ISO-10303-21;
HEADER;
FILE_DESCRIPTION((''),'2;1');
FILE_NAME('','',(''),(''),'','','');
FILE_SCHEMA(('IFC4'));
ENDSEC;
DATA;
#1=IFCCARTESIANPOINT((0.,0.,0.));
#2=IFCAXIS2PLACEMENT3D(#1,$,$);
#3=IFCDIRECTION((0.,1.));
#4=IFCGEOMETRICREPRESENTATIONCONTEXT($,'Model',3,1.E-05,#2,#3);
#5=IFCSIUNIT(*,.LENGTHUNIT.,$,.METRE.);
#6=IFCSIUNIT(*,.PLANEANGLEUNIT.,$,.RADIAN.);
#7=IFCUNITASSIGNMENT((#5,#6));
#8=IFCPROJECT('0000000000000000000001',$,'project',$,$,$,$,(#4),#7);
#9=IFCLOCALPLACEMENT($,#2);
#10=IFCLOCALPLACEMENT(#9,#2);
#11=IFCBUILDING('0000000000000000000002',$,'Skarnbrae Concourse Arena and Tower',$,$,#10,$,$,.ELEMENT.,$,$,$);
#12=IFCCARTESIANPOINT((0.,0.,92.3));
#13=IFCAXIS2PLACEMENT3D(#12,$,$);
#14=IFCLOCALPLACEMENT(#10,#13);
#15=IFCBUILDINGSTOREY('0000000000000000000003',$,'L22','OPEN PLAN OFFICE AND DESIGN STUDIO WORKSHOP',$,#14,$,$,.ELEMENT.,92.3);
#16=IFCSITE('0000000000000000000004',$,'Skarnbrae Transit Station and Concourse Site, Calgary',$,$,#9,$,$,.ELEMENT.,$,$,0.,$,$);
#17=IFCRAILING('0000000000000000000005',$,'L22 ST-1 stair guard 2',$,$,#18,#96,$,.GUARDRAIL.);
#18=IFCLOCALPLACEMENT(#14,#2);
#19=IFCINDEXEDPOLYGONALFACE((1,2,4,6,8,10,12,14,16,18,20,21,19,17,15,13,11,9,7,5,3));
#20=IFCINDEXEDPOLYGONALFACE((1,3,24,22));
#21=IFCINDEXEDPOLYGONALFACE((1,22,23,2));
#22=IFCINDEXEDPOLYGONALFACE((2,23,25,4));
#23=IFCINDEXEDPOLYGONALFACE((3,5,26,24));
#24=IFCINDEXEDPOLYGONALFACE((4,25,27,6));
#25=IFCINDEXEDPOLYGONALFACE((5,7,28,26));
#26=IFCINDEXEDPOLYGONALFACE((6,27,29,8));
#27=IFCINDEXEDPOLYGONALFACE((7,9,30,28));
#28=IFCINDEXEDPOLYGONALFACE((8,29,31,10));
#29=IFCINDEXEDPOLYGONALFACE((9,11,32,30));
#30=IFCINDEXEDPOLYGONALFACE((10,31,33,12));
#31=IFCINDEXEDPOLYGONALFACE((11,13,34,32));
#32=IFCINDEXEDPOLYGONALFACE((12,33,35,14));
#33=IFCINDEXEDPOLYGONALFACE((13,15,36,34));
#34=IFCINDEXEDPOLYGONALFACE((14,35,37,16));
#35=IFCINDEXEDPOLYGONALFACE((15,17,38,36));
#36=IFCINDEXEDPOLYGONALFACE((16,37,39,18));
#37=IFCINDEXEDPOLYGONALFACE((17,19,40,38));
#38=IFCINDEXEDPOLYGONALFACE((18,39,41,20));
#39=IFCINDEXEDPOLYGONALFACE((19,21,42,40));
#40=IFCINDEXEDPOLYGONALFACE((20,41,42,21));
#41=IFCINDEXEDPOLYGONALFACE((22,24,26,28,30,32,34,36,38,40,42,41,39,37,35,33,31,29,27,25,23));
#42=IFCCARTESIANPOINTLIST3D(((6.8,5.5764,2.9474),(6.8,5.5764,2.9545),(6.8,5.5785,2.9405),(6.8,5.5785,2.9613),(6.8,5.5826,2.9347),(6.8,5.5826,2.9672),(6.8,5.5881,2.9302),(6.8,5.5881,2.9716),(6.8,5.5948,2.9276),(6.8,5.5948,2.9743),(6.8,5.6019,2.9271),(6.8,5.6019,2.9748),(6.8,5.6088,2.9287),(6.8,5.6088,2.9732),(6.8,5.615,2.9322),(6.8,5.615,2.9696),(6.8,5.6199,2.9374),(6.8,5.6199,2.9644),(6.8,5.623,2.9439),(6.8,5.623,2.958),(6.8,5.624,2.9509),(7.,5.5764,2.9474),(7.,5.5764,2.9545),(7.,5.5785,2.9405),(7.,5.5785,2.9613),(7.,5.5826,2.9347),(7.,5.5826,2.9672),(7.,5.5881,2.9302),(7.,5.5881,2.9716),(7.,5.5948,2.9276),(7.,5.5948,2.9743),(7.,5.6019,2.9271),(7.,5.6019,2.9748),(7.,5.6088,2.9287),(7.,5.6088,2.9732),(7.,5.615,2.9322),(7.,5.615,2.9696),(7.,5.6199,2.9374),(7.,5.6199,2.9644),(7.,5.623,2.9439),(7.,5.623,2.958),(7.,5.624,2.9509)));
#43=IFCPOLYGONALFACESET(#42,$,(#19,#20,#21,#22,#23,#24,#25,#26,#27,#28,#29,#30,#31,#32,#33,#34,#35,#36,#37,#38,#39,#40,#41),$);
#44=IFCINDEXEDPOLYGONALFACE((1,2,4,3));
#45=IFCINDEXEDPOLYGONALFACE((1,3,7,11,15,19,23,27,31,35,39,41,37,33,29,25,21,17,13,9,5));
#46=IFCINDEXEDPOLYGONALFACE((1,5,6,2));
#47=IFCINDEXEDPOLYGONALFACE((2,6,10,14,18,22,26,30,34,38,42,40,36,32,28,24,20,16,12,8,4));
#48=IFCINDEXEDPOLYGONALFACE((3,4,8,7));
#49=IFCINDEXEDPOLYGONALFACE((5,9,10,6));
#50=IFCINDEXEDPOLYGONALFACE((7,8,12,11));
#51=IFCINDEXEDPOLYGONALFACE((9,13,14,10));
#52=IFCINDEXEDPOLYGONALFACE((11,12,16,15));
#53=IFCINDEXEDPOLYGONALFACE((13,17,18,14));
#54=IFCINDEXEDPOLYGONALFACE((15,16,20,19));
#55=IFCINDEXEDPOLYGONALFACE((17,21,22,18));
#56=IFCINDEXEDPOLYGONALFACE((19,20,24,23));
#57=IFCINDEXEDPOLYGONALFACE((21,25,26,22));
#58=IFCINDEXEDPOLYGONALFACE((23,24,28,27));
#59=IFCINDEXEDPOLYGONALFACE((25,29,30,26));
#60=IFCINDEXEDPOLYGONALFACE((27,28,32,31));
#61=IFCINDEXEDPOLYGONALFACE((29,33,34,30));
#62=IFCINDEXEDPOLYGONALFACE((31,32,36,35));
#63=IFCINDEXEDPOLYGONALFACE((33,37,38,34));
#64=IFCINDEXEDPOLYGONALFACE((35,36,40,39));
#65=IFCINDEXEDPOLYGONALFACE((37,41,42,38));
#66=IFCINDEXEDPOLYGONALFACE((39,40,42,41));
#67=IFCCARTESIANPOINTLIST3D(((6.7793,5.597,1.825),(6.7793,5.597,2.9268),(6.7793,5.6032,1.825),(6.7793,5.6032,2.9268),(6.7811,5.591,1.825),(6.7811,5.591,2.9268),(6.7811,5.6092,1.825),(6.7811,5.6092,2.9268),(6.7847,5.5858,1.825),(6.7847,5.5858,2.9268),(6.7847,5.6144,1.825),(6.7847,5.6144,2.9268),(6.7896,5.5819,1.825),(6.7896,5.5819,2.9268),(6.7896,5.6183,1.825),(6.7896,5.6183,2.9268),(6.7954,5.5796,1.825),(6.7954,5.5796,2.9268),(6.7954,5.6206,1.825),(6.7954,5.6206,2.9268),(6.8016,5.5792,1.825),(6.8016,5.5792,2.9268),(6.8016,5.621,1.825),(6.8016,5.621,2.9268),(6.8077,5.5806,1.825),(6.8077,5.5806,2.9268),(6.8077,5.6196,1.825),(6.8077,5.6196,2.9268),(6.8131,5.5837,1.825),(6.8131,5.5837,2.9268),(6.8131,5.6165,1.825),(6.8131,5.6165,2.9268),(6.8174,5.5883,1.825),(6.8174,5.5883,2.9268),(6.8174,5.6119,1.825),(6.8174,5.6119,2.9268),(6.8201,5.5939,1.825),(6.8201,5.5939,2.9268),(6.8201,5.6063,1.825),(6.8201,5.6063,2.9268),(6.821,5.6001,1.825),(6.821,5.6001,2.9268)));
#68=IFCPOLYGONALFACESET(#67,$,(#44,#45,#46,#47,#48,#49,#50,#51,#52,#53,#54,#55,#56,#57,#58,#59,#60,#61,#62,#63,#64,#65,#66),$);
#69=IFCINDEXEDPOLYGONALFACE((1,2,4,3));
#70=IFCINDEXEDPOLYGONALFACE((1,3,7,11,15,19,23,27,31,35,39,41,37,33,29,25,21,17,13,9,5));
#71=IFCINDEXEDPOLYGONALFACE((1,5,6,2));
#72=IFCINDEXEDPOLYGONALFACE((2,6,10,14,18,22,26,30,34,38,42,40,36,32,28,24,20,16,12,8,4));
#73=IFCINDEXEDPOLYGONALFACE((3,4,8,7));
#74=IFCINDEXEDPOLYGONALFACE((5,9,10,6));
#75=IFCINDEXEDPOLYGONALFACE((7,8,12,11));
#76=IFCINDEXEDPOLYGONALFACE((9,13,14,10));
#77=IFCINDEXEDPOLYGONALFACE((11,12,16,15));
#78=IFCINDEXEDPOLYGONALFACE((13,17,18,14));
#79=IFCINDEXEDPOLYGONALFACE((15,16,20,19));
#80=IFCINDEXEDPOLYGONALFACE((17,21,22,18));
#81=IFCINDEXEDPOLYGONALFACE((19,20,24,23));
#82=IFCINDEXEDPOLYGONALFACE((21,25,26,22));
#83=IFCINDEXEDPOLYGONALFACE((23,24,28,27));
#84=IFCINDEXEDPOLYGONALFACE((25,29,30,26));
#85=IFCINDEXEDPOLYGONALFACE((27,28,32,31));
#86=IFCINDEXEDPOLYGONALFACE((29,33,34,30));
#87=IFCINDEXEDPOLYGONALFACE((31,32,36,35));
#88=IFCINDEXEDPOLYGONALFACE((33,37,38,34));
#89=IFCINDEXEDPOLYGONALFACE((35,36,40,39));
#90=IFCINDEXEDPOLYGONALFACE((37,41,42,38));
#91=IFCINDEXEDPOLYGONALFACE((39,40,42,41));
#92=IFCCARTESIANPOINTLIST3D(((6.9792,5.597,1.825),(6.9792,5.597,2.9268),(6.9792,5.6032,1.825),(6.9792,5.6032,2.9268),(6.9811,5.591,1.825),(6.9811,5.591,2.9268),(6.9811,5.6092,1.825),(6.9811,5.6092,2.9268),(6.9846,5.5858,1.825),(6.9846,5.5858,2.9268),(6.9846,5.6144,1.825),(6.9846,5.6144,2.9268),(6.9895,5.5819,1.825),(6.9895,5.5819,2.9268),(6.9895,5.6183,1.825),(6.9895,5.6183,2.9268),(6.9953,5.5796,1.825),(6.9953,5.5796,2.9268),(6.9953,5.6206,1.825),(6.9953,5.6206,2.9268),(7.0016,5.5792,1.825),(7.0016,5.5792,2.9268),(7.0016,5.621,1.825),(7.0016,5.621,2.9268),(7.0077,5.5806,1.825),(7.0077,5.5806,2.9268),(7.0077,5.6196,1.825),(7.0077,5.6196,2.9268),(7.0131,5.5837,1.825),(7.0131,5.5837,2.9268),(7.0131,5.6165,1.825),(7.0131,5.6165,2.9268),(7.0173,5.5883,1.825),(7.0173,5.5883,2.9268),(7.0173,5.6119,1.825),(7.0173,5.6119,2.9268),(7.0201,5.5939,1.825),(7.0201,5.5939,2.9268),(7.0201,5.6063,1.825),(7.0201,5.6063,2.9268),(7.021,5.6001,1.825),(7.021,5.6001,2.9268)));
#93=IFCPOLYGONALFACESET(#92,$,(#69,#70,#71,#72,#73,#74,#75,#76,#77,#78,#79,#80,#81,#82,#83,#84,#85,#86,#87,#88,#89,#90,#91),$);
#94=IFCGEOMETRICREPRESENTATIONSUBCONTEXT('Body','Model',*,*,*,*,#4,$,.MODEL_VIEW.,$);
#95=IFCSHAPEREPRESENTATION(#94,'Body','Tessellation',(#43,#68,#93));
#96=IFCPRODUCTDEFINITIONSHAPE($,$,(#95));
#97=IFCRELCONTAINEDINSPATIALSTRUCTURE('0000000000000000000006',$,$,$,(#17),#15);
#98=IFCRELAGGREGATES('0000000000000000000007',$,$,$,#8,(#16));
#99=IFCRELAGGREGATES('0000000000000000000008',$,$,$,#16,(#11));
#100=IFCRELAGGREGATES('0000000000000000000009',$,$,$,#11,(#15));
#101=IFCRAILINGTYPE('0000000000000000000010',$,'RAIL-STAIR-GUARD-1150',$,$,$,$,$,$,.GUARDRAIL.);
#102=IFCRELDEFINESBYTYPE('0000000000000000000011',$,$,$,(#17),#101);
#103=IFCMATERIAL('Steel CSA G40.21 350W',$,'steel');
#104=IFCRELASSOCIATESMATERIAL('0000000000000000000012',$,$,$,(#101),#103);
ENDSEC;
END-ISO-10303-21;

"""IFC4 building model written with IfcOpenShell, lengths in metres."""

from ifc_helpers import new_model, si_unit, direction, frame, origin, origin_2d, place, context, subcontext, project, spatial, circle, extrude, material, type_object, element, save


model = new_model("IFC4")

# Units and contexts
model_context = context("Model", 3, precision=1e-05, world=origin(), true_north=direction((0.0, 1.0)))
body_context = subcontext(model_context, "Body", "Model", "MODEL_VIEW")
ifc_project = project(units=[si_unit("LENGTHUNIT", "METRE"), si_unit("PLANEANGLEUNIT", "RADIAN")], contexts=[model_context])

# Site, building, storey
site_placement = place(None, origin())
site = spatial("IfcSite", under=ifc_project, at=site_placement, Name="Skarnbrae Transit Station and Concourse Site, Calgary", CompositionType="ELEMENT", RefElevation=0.0)
building_placement = place(site_placement, origin())
building = spatial("IfcBuilding", under=site, at=building_placement, Name="Skarnbrae Concourse Arena and Tower", CompositionType="ELEMENT")
storey_placement = place(building_placement, frame((0.0, 0.0, 92.3)))
storey = spatial("IfcBuildingStorey", under=building, at=storey_placement, Name="L22", Description="OPEN PLAN OFFICE AND DESIGN STUDIO WORKSHOP", CompositionType="ELEMENT", Elevation=92.3)

# Shared definitions
ifc_material_1 = material(Name="Steel CSA G40.21 350W", Category="steel")

# Railing
railing_type_1 = type_object("IfcRailingType", Name="RAIL-STAIR-GUARD-1150", PredefinedType="GUARDRAIL", material=ifc_material_1)
railing_1_placement = place(storey_placement, frame((6.8, 5.6001, 1.825)))
element("IfcRailing", 1, at=railing_1_placement, inside=storey, type_object=railing_type_1, Name="L22 ST-1 stair guard 2", PredefinedType="GUARDRAIL", context=body_context, shape_type="SweptSolid", body=[
    extrude(circle(Radius=0.0239, at=origin_2d()), frame((0.0, 0.0, 1.126), z_axis=(1.0, 0.0, 0.0), x_axis=(0.0, 1.0, 0.0)), (0.0, 0.0, 1.0), 0.2),
    extrude(circle(Radius=0.021, at=origin_2d()), origin(), (0.0, 0.0, 1.0), 1.1018),
    extrude(circle(Radius=0.021, at=origin_2d()), frame((0.2, 0.0, 0.0)), (0.0, 0.0, 1.0), 1.1018),
])

save(model, "model.ifc")
